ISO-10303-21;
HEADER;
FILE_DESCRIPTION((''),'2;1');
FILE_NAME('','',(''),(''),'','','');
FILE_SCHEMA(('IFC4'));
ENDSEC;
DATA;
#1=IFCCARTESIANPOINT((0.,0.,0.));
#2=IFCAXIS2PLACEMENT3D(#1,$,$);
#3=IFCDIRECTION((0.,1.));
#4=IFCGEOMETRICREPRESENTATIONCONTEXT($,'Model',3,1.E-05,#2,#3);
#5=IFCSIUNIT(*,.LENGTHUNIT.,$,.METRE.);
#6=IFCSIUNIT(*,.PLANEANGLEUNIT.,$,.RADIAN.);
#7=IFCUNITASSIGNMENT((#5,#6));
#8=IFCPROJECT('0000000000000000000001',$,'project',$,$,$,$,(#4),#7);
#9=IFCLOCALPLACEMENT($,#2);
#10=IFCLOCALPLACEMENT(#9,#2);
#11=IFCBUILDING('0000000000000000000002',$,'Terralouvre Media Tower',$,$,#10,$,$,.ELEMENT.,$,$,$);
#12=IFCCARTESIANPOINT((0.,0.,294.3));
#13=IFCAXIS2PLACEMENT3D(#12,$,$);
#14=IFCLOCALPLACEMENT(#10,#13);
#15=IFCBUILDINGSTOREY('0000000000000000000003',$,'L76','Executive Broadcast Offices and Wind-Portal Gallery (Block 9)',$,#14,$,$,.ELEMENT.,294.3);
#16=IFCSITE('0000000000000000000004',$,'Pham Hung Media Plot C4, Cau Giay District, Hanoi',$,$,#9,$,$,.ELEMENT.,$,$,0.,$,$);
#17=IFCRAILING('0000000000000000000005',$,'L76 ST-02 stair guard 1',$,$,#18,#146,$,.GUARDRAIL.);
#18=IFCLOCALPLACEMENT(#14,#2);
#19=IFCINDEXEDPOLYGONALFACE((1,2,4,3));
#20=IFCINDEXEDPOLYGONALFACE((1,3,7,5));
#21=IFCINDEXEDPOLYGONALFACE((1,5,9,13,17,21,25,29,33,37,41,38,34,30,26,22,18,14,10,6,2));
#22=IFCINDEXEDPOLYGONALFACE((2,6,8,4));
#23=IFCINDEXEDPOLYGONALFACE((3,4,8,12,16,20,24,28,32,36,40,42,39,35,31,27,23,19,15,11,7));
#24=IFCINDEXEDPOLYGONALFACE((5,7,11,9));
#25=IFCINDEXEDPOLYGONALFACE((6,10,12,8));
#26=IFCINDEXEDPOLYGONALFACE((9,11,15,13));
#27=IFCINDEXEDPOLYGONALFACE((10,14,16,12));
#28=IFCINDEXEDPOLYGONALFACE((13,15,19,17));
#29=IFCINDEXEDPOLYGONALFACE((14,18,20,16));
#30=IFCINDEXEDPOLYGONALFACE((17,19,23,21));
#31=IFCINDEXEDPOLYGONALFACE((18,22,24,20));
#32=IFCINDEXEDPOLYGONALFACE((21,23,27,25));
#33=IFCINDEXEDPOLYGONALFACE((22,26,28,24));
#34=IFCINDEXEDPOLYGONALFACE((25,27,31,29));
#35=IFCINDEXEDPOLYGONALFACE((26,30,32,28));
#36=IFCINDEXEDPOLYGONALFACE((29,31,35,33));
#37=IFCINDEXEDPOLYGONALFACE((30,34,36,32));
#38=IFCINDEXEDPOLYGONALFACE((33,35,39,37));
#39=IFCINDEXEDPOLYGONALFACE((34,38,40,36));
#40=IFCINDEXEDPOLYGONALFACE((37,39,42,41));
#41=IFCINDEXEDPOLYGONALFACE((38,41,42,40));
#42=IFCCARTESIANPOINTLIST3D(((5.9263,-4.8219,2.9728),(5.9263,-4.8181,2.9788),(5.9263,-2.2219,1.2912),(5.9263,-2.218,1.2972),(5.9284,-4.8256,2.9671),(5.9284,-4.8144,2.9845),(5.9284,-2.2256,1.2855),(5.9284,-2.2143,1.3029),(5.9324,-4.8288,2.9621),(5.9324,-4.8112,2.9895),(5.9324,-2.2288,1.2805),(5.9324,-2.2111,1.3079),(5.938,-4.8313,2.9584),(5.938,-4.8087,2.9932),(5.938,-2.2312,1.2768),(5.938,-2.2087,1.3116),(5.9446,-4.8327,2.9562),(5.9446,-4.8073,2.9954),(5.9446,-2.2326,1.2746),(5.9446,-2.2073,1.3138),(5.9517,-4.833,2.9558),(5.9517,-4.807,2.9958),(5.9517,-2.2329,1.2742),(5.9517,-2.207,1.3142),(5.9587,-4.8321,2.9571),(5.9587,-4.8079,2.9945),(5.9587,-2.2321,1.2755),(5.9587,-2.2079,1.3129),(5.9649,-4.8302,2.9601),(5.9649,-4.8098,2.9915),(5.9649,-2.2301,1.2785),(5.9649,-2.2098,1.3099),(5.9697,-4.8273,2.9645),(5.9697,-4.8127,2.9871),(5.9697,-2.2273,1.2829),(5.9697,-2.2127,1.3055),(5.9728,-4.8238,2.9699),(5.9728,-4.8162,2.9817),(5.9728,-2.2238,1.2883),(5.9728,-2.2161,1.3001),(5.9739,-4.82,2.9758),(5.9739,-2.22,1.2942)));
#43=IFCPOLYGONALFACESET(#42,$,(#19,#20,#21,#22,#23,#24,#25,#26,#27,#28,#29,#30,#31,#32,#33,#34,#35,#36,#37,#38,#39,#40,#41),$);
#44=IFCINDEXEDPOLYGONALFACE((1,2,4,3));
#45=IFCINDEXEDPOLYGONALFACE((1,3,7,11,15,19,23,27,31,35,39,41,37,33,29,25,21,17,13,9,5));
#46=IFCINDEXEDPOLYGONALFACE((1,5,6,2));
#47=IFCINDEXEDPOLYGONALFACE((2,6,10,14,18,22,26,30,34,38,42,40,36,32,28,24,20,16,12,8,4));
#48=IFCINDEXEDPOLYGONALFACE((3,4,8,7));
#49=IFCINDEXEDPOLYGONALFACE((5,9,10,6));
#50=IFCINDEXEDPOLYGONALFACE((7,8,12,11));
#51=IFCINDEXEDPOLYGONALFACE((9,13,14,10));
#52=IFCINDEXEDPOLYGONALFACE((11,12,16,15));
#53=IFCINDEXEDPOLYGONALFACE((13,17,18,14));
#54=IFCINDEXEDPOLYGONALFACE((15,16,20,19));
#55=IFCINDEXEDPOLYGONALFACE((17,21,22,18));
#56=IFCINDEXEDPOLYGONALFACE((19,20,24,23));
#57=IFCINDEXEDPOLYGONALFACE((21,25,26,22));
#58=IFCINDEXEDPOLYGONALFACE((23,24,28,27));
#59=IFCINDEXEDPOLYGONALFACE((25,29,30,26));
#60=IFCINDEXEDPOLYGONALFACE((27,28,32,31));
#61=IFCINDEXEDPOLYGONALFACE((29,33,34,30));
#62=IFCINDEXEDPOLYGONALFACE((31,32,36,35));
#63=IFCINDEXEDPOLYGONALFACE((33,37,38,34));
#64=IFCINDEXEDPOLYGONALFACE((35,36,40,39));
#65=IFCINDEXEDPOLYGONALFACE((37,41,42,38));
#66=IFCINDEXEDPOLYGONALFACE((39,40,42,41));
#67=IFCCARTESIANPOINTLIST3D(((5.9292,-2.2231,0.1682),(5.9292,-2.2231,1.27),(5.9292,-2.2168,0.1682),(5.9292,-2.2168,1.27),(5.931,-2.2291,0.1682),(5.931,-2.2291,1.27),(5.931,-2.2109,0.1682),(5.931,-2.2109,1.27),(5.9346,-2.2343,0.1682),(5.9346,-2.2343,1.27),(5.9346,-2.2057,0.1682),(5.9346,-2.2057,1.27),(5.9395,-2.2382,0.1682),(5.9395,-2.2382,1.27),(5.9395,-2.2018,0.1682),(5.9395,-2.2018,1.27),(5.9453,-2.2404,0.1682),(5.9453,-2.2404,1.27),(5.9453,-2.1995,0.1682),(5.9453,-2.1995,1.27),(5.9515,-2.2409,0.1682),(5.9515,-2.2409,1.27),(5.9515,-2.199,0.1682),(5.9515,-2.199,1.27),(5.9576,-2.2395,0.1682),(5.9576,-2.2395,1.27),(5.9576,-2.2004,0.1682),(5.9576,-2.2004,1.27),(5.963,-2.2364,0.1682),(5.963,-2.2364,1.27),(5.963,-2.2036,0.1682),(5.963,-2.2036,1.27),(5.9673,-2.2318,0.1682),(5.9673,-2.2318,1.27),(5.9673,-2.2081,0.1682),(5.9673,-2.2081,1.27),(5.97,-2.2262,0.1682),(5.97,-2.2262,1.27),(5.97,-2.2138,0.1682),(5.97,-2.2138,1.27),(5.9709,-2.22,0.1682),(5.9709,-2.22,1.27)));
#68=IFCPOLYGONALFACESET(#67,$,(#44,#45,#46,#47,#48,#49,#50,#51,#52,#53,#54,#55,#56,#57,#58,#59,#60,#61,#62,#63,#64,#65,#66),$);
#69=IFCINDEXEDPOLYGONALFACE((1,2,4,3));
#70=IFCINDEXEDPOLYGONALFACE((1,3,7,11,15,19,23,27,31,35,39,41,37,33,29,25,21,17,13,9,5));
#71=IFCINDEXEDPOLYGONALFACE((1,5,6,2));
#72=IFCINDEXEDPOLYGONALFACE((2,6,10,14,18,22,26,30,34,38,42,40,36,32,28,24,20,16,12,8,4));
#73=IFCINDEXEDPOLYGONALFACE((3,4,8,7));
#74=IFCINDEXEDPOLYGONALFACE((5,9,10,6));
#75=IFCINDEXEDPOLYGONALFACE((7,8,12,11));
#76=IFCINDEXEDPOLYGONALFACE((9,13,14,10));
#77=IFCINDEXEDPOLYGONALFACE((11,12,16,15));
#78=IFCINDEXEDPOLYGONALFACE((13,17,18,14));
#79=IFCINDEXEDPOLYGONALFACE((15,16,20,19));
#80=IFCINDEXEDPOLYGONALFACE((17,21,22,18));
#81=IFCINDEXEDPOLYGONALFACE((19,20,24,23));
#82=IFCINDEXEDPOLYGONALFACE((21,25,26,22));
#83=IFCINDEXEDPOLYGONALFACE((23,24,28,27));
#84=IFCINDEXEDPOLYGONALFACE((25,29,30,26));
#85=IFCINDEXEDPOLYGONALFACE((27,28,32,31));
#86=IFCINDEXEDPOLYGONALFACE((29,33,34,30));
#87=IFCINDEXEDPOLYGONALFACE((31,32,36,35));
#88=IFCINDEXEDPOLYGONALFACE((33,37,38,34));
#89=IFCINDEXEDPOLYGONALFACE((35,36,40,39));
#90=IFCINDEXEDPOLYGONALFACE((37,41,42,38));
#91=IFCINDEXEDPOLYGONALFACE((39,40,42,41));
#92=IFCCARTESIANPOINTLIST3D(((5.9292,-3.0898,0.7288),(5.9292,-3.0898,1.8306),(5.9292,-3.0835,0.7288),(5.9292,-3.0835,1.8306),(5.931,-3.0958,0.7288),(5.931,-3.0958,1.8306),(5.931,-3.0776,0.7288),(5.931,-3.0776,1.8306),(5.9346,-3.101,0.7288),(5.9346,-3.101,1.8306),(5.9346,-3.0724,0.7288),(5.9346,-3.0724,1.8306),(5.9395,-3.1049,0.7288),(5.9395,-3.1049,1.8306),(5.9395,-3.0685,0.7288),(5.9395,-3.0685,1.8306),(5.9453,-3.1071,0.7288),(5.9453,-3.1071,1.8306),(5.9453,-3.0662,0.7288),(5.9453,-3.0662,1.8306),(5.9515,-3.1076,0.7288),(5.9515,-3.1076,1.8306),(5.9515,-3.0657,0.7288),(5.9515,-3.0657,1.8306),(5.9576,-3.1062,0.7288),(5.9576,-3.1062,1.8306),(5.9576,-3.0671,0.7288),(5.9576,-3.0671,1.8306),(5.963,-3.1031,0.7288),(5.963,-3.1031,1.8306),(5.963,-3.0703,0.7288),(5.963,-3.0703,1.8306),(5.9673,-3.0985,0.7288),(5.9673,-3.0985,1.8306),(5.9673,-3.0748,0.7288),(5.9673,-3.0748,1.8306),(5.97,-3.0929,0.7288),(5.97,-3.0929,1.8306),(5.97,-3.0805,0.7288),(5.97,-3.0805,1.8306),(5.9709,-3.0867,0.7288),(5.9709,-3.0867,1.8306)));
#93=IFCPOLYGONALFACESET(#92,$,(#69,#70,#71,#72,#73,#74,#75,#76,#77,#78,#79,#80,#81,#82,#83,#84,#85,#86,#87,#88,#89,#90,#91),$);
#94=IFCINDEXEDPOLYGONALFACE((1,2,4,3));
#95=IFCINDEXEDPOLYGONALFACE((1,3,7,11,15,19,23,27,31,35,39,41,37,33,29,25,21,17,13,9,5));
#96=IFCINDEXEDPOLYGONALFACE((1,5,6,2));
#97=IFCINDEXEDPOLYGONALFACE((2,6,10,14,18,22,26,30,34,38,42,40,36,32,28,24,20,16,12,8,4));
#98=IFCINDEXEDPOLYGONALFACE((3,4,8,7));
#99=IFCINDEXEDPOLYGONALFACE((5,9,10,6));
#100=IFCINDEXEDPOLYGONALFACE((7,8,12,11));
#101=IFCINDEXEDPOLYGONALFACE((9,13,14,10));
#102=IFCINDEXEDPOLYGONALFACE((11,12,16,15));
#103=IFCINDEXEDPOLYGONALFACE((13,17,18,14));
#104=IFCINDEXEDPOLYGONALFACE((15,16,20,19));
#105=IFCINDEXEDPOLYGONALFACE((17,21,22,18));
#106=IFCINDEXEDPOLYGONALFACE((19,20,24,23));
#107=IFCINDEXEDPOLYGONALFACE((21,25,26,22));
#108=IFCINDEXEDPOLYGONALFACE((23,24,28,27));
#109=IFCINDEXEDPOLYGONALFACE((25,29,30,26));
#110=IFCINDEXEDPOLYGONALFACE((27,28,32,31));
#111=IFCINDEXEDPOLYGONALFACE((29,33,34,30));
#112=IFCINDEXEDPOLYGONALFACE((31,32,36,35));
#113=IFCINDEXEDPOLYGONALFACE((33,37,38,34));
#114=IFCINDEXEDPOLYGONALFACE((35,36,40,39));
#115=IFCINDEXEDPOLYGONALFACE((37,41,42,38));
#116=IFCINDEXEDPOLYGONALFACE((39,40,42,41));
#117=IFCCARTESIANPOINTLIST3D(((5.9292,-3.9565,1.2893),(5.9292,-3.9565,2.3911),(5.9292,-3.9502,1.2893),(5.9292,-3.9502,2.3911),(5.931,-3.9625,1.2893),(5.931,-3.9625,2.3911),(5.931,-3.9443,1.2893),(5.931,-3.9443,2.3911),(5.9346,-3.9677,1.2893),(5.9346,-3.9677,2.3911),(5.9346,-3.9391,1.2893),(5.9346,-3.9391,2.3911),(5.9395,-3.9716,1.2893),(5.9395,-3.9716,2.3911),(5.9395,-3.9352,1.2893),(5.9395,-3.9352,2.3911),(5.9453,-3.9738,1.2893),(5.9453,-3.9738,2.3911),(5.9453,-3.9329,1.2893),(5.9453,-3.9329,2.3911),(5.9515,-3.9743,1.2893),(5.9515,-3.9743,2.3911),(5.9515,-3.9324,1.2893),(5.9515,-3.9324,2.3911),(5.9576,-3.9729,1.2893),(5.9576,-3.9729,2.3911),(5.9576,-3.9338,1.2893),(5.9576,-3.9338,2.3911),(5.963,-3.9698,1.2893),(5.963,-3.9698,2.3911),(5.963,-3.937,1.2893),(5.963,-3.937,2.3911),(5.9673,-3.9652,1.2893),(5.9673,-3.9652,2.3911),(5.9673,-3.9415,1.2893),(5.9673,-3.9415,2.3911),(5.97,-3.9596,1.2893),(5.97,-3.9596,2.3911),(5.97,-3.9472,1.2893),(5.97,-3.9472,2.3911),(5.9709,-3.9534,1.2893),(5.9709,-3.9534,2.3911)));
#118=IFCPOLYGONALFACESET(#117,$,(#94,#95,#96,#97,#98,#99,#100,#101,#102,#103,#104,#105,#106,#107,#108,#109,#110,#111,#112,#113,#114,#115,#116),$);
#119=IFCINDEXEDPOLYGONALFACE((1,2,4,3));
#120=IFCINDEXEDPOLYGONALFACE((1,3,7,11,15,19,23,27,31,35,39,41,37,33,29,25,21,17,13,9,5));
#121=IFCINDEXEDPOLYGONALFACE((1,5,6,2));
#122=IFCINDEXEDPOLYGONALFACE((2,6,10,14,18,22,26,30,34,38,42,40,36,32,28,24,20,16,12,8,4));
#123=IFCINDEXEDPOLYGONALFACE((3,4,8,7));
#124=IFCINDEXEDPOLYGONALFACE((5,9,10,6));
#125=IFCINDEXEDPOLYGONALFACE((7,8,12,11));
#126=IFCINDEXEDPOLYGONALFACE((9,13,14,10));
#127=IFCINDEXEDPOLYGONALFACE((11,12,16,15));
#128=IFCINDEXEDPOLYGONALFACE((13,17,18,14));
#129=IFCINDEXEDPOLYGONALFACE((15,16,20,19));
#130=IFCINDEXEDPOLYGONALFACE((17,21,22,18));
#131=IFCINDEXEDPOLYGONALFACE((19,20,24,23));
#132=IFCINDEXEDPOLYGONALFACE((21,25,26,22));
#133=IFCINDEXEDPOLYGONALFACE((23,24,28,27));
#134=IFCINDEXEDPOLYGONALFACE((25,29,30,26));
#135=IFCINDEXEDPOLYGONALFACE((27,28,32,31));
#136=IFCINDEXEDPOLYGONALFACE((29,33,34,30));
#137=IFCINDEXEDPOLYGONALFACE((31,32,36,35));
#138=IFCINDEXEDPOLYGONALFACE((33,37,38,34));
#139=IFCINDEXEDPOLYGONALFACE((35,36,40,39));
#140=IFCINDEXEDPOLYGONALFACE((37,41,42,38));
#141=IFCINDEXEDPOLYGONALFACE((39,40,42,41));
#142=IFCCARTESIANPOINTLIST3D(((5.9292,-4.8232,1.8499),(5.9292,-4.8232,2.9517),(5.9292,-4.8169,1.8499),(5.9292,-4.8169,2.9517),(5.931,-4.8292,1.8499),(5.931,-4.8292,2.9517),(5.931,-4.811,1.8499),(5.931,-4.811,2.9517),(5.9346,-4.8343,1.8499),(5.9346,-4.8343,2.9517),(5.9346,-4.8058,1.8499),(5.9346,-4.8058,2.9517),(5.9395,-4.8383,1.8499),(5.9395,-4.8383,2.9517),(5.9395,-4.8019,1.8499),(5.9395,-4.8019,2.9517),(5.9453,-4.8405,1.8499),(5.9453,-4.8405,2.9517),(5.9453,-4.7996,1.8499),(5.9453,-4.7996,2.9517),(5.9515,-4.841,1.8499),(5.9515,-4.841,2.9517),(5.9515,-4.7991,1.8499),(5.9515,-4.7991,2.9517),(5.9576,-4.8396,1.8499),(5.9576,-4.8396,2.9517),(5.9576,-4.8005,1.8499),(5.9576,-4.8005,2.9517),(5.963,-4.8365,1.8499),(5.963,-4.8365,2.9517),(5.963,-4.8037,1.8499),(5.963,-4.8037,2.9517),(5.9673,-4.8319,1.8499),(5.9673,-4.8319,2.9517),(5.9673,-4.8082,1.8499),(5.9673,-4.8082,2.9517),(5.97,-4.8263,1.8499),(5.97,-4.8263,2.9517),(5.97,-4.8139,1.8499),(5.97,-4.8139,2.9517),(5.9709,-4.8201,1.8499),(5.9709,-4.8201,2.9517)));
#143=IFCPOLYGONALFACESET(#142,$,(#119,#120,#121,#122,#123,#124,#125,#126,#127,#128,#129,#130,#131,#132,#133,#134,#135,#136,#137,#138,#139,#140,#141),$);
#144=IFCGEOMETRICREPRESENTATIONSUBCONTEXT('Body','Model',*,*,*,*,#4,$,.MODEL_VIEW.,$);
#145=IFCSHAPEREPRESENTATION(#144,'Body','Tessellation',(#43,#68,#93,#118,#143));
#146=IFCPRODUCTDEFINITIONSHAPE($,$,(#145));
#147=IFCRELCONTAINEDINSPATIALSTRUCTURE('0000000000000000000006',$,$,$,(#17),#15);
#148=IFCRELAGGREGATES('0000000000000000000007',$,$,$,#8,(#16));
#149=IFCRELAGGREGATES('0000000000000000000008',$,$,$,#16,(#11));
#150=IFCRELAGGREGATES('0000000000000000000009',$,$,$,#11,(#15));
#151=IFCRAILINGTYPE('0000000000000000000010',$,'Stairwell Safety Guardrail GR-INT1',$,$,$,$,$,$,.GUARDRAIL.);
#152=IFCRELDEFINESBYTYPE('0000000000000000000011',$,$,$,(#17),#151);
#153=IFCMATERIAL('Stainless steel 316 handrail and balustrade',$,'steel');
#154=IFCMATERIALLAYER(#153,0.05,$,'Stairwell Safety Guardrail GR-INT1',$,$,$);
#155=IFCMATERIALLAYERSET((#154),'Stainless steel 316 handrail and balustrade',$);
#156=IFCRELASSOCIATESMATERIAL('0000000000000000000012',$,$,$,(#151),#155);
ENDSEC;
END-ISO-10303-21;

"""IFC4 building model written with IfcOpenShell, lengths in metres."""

from ifc_helpers import new_model, si_unit, direction, frame, origin, origin_2d, place, context, subcontext, project, spatial, circle, extrude, material, layer, layer_set, type_object, element, save


model = new_model("IFC4")

# Units and contexts
model_context = context("Model", 3, precision=1e-05, world=origin(), true_north=direction((0.0, 1.0)))
body_context = subcontext(model_context, "Body", "Model", "MODEL_VIEW")
ifc_project = project(units=[si_unit("LENGTHUNIT", "METRE"), si_unit("PLANEANGLEUNIT", "RADIAN")], contexts=[model_context])

# Site, building, storey
site_placement = place(None, origin())
site = spatial("IfcSite", under=ifc_project, at=site_placement, Name="Pham Hung Media Plot C4, Cau Giay District, Hanoi", CompositionType="ELEMENT", RefElevation=0.0)
building_placement = place(site_placement, origin())
building = spatial("IfcBuilding", under=site, at=building_placement, Name="Terralouvre Media Tower", CompositionType="ELEMENT")
storey_placement = place(building_placement, frame((0.0, 0.0, 294.3)))
storey = spatial("IfcBuildingStorey", under=building, at=storey_placement, Name="L76", Description="Executive Broadcast Offices and Wind-Portal Gallery (Block 9)", CompositionType="ELEMENT", Elevation=294.3)

# Railing
ifc_material_1 = material(Name="Stainless steel 316 handrail and balustrade", Category="steel")
ifc_layer_1 = layer(ifc_material_1, 0.05, Name="Stairwell Safety Guardrail GR-INT1")
ifc_layer_set_1 = layer_set([ifc_layer_1], Name="Stainless steel 316 handrail and balustrade")
railing_type_1 = type_object("IfcRailingType", Name="Stairwell Safety Guardrail GR-INT1", PredefinedType="GUARDRAIL", material=ifc_layer_set_1)
railing_1_placement = place(storey_placement, frame((5.95, -2.22, 0.1682)))
element("IfcRailing", 1, at=railing_1_placement, inside=storey, type_object=railing_type_1, Name="L76 ST-02 stair guard 1", PredefinedType="GUARDRAIL", context=body_context, shape_type="SweptSolid", body=[
    extrude(circle(Radius=0.0239, at=origin_2d()), frame((0.0, 0.0, 1.126), z_axis=(0.0, -0.839684, 0.543075), x_axis=(1.0, 0.0, 0.0)), (0.0, 0.0, 1.0), 3.0964),
    extrude(circle(Radius=0.021, at=origin_2d()), origin(), (0.0, 0.0, 1.0), 1.1018),
    extrude(circle(Radius=0.021, at=origin_2d()), frame((0.0, -0.8667, 0.5605)), (0.0, 0.0, 1.0), 1.1018),
    extrude(circle(Radius=0.021, at=origin_2d()), frame((0.0, -1.7334, 1.1211)), (0.0, 0.0, 1.0), 1.1018),
    extrude(circle(Radius=0.021, at=origin_2d()), frame((0.0, -2.6001, 1.6816)), (0.0, 0.0, 1.0), 1.1018),
])

save(model, "model.ifc")
